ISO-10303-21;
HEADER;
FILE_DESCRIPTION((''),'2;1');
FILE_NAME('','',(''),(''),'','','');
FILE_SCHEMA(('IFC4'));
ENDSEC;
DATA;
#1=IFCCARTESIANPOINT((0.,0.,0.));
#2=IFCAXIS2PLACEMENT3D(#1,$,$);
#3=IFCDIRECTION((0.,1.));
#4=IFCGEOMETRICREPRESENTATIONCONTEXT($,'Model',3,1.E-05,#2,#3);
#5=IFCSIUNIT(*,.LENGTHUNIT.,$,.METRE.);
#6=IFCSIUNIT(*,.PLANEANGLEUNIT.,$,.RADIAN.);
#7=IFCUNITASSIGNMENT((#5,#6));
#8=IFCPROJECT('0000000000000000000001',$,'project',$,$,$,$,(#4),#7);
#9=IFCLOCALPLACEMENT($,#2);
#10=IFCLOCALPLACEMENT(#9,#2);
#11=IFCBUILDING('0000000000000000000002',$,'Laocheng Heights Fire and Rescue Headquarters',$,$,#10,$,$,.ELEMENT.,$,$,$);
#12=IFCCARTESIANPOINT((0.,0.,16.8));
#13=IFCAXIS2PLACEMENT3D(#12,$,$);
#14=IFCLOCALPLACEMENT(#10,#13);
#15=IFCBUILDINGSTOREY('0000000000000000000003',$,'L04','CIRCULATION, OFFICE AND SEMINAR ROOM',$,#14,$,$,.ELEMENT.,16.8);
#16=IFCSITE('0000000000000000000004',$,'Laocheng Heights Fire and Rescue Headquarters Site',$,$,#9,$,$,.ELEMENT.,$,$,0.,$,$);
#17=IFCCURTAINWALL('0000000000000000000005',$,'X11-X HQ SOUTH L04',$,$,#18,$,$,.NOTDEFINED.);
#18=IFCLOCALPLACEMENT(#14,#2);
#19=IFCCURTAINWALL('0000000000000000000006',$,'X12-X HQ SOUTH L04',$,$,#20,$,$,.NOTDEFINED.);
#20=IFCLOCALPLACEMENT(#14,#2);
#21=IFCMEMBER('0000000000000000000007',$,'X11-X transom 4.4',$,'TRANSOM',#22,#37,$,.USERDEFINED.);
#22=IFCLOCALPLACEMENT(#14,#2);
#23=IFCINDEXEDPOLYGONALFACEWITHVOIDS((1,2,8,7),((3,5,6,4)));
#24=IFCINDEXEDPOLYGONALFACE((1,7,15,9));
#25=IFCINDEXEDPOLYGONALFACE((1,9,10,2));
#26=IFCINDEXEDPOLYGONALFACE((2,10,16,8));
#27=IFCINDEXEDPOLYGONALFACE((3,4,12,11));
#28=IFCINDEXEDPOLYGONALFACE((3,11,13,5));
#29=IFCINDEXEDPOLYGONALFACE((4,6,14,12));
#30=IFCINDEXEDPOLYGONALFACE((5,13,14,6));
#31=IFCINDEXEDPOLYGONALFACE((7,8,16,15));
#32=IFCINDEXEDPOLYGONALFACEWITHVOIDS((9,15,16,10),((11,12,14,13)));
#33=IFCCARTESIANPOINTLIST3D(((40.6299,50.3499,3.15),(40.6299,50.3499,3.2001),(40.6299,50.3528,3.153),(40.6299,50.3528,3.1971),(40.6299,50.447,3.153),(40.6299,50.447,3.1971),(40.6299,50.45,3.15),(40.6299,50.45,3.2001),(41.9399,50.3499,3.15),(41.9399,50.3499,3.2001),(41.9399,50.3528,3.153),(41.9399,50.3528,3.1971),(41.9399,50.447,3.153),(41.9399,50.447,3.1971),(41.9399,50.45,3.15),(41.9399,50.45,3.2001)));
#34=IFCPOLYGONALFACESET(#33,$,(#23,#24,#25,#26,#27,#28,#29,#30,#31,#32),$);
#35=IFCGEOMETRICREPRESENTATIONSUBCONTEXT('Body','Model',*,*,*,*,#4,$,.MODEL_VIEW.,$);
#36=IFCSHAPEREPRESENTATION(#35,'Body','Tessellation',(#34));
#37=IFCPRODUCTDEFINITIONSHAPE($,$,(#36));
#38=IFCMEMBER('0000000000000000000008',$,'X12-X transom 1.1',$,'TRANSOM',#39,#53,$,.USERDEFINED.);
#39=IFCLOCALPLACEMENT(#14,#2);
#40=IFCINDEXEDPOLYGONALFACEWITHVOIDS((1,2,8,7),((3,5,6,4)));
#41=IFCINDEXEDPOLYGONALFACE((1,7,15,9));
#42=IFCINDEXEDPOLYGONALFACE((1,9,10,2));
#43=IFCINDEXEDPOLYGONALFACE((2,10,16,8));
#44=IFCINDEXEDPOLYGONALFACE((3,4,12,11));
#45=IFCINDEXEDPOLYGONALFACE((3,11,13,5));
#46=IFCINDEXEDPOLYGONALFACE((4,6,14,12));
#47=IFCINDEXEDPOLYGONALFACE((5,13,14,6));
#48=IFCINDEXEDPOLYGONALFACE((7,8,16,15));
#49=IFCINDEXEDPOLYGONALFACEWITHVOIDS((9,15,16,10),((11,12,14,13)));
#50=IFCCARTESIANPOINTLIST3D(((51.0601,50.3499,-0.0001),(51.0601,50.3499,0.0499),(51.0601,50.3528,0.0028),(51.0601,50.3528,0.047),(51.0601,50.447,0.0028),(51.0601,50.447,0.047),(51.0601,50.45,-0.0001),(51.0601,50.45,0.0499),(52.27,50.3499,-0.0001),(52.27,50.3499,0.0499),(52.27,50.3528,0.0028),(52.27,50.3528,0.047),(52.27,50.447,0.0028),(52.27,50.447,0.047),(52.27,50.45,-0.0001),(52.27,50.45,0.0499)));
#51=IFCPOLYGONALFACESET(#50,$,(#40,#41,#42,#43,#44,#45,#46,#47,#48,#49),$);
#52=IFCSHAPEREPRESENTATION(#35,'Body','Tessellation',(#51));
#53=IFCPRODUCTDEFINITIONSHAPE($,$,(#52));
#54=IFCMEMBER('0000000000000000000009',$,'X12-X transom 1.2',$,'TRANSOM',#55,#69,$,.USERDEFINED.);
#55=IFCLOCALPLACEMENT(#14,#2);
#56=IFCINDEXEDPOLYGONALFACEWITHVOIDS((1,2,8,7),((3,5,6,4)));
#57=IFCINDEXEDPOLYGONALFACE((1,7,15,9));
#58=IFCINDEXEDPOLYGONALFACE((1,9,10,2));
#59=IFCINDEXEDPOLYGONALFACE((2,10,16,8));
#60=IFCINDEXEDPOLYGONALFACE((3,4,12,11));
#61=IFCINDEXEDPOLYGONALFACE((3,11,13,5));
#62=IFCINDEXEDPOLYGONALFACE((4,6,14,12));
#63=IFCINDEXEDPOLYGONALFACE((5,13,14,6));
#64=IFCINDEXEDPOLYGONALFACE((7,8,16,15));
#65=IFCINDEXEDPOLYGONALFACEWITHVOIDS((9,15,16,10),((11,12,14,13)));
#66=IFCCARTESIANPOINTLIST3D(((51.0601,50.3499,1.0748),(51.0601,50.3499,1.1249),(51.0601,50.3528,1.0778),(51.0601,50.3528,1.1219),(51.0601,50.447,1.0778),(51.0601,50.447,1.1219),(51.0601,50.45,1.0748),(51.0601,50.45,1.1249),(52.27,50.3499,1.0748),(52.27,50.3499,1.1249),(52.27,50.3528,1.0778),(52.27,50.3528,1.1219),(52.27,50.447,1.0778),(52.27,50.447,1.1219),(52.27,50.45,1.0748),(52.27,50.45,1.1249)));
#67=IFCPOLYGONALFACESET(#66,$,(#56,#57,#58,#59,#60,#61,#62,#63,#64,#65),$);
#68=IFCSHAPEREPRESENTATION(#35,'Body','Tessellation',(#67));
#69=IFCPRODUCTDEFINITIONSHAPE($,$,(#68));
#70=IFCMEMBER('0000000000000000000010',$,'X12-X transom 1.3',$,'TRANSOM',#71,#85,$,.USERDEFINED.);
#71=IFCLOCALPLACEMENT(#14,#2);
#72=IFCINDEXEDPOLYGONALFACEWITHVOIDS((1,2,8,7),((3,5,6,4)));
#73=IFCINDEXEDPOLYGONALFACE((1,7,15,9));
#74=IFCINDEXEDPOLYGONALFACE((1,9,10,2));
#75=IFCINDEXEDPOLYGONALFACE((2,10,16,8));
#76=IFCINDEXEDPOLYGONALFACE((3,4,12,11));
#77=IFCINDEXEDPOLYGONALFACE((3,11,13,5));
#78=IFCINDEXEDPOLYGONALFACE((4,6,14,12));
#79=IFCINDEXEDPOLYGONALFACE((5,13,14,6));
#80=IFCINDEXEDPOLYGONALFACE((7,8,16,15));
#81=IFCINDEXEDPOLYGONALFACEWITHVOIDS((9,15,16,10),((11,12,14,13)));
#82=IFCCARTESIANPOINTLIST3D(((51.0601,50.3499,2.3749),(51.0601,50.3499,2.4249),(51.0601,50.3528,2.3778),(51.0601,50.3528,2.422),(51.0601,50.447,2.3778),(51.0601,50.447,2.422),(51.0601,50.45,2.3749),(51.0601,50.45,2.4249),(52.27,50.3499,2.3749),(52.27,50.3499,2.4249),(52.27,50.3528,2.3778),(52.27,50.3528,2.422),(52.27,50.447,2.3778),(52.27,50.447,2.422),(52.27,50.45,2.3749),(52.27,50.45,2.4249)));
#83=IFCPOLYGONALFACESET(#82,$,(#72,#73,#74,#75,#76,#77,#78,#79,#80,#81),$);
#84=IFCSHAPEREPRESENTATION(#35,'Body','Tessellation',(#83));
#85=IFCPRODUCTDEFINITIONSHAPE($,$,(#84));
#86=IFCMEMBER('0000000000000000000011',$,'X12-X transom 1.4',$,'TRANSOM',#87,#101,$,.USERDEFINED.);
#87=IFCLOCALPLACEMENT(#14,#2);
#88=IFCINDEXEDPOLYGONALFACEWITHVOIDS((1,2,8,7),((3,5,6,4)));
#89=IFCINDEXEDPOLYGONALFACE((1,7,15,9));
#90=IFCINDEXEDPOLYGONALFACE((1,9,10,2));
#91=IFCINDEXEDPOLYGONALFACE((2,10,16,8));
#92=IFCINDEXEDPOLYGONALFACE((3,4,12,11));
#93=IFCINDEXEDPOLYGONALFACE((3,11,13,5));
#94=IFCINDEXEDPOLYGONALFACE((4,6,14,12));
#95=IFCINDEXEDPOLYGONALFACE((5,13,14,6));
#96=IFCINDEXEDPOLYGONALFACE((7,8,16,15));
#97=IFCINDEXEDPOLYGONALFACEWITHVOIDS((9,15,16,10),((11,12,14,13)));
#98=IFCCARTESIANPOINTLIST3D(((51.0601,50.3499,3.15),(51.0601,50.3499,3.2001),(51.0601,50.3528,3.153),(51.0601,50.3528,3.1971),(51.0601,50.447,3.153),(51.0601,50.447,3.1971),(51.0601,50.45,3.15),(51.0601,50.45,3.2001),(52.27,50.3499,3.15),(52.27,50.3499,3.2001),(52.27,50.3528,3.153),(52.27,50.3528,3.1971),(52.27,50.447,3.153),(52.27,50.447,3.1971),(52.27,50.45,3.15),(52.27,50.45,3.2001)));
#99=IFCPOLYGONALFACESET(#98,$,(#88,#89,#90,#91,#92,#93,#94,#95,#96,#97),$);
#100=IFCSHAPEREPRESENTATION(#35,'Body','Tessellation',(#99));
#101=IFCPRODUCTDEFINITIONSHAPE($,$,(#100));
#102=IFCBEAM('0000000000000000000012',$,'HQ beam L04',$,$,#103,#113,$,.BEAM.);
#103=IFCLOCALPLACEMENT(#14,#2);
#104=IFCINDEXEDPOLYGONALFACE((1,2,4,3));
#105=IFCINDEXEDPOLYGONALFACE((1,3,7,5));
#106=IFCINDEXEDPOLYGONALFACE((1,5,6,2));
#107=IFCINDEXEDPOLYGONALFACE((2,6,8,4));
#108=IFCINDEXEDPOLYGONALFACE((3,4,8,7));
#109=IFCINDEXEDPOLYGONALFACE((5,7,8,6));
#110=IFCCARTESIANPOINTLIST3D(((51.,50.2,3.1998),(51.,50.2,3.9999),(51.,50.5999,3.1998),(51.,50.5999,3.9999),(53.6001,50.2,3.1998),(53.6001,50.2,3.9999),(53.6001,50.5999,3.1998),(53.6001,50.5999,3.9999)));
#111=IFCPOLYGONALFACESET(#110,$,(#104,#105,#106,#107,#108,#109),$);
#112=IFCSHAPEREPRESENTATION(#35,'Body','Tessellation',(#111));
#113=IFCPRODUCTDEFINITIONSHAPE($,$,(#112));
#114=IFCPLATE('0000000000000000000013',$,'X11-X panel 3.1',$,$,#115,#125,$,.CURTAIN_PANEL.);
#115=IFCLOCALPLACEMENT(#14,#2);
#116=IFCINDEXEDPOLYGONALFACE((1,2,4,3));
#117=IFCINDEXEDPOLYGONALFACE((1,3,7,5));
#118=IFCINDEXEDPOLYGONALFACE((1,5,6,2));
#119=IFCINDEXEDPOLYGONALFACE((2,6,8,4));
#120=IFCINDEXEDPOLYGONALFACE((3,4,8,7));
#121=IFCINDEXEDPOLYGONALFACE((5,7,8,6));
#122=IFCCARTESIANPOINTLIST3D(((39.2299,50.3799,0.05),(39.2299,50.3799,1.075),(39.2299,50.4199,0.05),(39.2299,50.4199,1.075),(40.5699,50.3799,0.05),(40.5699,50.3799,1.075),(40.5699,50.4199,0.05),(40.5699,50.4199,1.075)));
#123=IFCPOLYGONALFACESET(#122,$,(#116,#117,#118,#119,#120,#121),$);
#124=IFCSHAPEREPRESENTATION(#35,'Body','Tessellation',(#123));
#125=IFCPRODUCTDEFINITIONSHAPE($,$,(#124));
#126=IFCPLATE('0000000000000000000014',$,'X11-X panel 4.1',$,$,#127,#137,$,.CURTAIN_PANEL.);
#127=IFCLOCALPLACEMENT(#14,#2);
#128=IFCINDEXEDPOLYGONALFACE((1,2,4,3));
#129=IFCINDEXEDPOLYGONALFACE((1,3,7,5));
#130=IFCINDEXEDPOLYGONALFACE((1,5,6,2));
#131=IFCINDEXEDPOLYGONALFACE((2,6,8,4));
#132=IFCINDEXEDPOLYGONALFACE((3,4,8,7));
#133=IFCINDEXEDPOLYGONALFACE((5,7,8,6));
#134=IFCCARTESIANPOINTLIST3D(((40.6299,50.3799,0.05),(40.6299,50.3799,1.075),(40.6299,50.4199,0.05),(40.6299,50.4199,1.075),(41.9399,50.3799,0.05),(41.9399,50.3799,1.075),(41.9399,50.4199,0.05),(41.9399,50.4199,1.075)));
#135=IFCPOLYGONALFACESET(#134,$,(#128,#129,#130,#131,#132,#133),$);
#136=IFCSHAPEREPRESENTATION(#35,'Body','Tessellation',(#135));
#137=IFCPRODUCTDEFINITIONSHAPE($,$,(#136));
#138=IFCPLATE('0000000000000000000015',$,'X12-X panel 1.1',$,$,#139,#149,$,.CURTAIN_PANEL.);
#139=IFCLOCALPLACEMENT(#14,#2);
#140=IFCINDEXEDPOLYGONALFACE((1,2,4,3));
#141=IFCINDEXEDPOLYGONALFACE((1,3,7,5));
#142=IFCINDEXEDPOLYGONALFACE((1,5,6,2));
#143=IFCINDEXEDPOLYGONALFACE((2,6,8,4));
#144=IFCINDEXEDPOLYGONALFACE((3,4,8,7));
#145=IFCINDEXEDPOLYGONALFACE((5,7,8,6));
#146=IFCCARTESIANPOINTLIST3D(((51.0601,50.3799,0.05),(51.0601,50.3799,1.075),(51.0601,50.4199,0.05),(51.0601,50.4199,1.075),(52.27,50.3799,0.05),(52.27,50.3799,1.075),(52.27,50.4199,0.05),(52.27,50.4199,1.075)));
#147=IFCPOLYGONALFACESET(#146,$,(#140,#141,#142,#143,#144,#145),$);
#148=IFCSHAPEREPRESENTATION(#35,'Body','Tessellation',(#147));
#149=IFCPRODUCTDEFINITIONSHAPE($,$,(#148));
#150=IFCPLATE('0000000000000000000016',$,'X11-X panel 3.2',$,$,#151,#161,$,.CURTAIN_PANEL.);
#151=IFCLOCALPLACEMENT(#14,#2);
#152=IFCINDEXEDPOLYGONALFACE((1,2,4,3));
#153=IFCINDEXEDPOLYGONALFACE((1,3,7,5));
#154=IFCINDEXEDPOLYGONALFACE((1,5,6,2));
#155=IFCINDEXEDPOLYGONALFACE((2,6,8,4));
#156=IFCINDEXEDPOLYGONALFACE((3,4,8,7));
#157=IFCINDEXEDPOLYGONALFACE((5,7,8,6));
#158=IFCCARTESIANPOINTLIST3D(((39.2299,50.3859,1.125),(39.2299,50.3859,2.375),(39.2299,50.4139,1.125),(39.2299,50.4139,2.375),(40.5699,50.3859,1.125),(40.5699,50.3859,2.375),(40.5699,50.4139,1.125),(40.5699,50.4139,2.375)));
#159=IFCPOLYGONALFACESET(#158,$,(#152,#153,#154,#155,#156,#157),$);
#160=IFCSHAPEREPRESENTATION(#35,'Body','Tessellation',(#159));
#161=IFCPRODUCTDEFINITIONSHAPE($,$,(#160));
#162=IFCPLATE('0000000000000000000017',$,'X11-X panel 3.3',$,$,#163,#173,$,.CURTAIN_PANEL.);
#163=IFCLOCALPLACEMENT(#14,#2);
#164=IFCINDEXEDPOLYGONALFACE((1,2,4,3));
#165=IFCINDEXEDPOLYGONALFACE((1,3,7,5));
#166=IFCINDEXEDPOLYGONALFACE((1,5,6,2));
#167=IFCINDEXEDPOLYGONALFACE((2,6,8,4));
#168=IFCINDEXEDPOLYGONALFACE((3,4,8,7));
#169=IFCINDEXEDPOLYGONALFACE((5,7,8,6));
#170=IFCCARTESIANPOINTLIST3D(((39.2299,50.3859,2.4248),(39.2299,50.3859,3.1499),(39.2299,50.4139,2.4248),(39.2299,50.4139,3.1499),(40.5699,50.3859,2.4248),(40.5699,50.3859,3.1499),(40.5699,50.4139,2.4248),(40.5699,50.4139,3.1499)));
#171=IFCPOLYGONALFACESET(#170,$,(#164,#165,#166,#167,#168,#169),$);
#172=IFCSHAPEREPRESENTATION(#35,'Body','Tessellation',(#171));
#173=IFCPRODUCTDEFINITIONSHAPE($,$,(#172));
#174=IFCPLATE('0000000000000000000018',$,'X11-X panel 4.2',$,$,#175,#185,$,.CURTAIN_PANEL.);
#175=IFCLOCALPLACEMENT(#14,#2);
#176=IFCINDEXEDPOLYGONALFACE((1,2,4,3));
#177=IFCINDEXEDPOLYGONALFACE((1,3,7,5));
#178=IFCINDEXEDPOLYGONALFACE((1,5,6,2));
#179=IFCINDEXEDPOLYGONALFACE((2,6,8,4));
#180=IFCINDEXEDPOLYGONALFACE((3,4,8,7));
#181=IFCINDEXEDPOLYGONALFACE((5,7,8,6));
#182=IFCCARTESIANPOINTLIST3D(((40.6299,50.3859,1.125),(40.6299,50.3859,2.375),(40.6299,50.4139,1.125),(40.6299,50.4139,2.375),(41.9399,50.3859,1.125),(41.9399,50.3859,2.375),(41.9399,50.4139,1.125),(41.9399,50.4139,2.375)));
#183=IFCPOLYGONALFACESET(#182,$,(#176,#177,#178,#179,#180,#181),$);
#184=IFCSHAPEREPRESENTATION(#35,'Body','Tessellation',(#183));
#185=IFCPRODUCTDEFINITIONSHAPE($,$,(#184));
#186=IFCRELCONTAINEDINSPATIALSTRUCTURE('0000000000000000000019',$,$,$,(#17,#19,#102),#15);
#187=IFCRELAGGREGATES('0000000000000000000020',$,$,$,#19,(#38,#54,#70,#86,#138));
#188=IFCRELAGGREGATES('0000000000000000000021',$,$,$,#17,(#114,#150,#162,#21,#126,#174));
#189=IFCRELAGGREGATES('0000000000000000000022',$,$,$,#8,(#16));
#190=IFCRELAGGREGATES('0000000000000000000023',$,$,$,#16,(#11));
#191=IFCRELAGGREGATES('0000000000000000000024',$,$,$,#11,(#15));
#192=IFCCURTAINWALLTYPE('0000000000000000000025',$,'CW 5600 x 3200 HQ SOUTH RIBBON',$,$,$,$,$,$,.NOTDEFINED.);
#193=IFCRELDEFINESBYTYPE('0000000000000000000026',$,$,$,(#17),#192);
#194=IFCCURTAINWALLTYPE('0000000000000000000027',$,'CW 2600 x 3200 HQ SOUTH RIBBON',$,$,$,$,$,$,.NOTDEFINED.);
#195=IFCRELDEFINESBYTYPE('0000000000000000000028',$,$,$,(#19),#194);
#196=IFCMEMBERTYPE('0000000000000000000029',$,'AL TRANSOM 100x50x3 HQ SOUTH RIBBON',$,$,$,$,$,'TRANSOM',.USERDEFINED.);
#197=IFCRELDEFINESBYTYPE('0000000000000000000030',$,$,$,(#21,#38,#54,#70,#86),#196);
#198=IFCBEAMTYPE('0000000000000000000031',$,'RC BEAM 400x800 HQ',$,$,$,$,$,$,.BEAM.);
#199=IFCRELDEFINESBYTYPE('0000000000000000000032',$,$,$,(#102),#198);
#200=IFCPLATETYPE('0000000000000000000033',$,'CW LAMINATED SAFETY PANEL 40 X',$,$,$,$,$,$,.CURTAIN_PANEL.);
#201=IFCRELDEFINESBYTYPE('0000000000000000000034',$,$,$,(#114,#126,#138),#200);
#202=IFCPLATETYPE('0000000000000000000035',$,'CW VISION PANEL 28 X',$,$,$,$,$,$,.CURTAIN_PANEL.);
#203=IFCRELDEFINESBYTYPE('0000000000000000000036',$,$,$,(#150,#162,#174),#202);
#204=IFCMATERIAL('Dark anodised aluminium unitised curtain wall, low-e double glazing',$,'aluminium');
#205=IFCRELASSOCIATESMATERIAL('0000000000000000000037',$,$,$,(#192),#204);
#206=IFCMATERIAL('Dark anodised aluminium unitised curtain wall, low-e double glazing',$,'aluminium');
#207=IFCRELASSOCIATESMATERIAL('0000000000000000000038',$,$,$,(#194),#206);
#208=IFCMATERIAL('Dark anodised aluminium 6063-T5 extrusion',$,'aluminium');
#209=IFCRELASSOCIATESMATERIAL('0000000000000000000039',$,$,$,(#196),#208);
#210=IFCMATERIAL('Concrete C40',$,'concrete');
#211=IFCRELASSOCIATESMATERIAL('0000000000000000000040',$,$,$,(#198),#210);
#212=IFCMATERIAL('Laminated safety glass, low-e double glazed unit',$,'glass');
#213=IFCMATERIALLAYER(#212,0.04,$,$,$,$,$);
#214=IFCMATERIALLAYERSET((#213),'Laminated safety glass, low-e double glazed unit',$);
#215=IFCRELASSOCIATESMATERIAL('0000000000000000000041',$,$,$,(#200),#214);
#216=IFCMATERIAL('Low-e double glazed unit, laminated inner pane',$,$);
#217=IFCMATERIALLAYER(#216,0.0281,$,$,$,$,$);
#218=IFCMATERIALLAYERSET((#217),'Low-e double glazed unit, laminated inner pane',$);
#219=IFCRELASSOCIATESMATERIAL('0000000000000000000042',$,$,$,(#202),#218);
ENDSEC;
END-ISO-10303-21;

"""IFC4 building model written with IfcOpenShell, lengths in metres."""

from ifc_helpers import new_model, si_unit, direction, frame, origin, origin_2d, place, context, subcontext, project, spatial, rectangle, hollow_rectangle, extrude, material, layer, layer_set, material_profile, profile_set, type_object, element, aggregate, save


model = new_model("IFC4")

# Units and contexts
model_context = context("Model", 3, precision=1e-05, world=origin(), true_north=direction((0.0, 1.0)))
body_context = subcontext(model_context, "Body", "Model", "MODEL_VIEW")
ifc_project = project(units=[si_unit("LENGTHUNIT", "METRE"), si_unit("PLANEANGLEUNIT", "RADIAN")], contexts=[model_context])

# Site, building, storey
site_placement = place(None, origin())
site = spatial("IfcSite", under=ifc_project, at=site_placement, Name="Laocheng Heights Fire and Rescue Headquarters Site", CompositionType="ELEMENT", RefElevation=0.0)
building_placement = place(site_placement, origin())
building = spatial("IfcBuilding", under=site, at=building_placement, Name="Laocheng Heights Fire and Rescue Headquarters", CompositionType="ELEMENT")
storey_placement = place(building_placement, frame((0.0, 0.0, 16.8)))
storey = spatial("IfcBuildingStorey", under=building, at=storey_placement, Name="L04", Description="CIRCULATION, OFFICE AND SEMINAR ROOM", CompositionType="ELEMENT", Elevation=16.8)

# Curtain wall
ifc_material_1 = material(Name="Dark anodised aluminium unitised curtain wall, low-e double glazing", Category="aluminium")
curtain_wall_type_1 = type_object("IfcCurtainWallType", Name="CW 5600 x 3200 HQ SOUTH RIBBON", PredefinedType="NOTDEFINED", material=ifc_material_1)
curtain_wall_1_placement = place(storey_placement, origin())
curtain_wall_1 = element("IfcCurtainWall", 1, at=curtain_wall_1_placement, inside=storey, type_object=curtain_wall_type_1, Name="X11-X HQ SOUTH L04", PredefinedType="NOTDEFINED")

# Curtain wall
ifc_material_2 = material(Name="Dark anodised aluminium unitised curtain wall, low-e double glazing", Category="aluminium")
curtain_wall_type_2 = type_object("IfcCurtainWallType", Name="CW 2600 x 3200 HQ SOUTH RIBBON", PredefinedType="NOTDEFINED", material=ifc_material_2)
curtain_wall_2_placement = place(storey_placement, origin())
curtain_wall_2 = element("IfcCurtainWall", 2, at=curtain_wall_2_placement, inside=storey, type_object=curtain_wall_type_2, Name="X12-X HQ SOUTH L04", PredefinedType="NOTDEFINED")

# Members
ifc_material_3 = material(Name="Dark anodised aluminium 6063-T5 extrusion", Category="aluminium")
ifc_material_profile_1 = material_profile(ifc_material_3, hollow_rectangle(XDim=0.1001, YDim=0.05, WallThickness=0.0029, at=origin_2d()), Name="AL TRANSOM 100x50x3 HQ SOUTH RIBBON")
ifc_profile_set_1 = profile_set([ifc_material_profile_1], Name="Dark anodised aluminium 6063-T5 extrusion")
member_type_1 = type_object("IfcMemberType", Name="AL TRANSOM 100x50x3 HQ SOUTH RIBBON", ElementType="TRANSOM", PredefinedType="USERDEFINED", material=ifc_profile_set_1)
member_1_placement = place(storey_placement, frame((40.6299, 50.3999, 3.175), z_axis=(1.0, 0.0, 0.0), x_axis=(0.0, 1.0, 0.0)))
member_1 = element("IfcMember", 3, at=member_1_placement, type_object=member_type_1, Name="X11-X transom 4.4", ObjectType="TRANSOM", PredefinedType="USERDEFINED", context=body_context, shape_type="SweptSolid", body=[
    extrude(hollow_rectangle(XDim=0.1001, YDim=0.05, WallThickness=0.0029, at=origin_2d()), origin(), (0.0, 0.0, 1.0), 1.3101),
])
member_2_placement = place(storey_placement, frame((51.0601, 50.3999, 0.0249), z_axis=(1.0, 0.0, 0.0), x_axis=(0.0, 1.0, 0.0)))
member_2 = element("IfcMember", 4, at=member_2_placement, type_object=member_type_1, Name="X12-X transom 1.1", ObjectType="TRANSOM", PredefinedType="USERDEFINED", context=body_context, shape_type="SweptSolid", body=[
    extrude(hollow_rectangle(XDim=0.1001, YDim=0.05, WallThickness=0.0029, at=origin_2d()), origin(), (0.0, 0.0, 1.0), 1.21),
])
member_3_placement = place(storey_placement, frame((51.0601, 50.3999, 1.0999), z_axis=(1.0, 0.0, 0.0), x_axis=(0.0, 1.0, 0.0)))
member_3 = element("IfcMember", 5, at=member_3_placement, type_object=member_type_1, Name="X12-X transom 1.2", ObjectType="TRANSOM", PredefinedType="USERDEFINED", context=body_context, shape_type="SweptSolid", body=[
    extrude(hollow_rectangle(XDim=0.1001, YDim=0.05, WallThickness=0.0029, at=origin_2d()), origin(), (0.0, 0.0, 1.0), 1.21),
])
member_4_placement = place(storey_placement, frame((51.0601, 50.3999, 2.3999), z_axis=(1.0, 0.0, 0.0), x_axis=(0.0, 1.0, 0.0)))
member_4 = element("IfcMember", 6, at=member_4_placement, type_object=member_type_1, Name="X12-X transom 1.3", ObjectType="TRANSOM", PredefinedType="USERDEFINED", context=body_context, shape_type="SweptSolid", body=[
    extrude(hollow_rectangle(XDim=0.1001, YDim=0.05, WallThickness=0.0029, at=origin_2d()), origin(), (0.0, 0.0, 1.0), 1.21),
])
member_5_placement = place(storey_placement, frame((51.0601, 50.3999, 3.175), z_axis=(1.0, 0.0, 0.0), x_axis=(0.0, 1.0, 0.0)))
member_5 = element("IfcMember", 7, at=member_5_placement, type_object=member_type_1, Name="X12-X transom 1.4", ObjectType="TRANSOM", PredefinedType="USERDEFINED", context=body_context, shape_type="SweptSolid", body=[
    extrude(hollow_rectangle(XDim=0.1001, YDim=0.05, WallThickness=0.0029, at=origin_2d()), origin(), (0.0, 0.0, 1.0), 1.21),
])

# Beam
ifc_material_4 = material(Name="Concrete C40", Category="concrete")
ifc_material_profile_2 = material_profile(ifc_material_4, rectangle(XDim=0.3999, YDim=0.8, at=origin_2d()), Name="RC BEAM 400x800 HQ")
ifc_profile_set_2 = profile_set([ifc_material_profile_2], Name="Concrete C40")
beam_type = type_object("IfcBeamType", Name="RC BEAM 400x800 HQ", PredefinedType="BEAM", material=ifc_profile_set_2)
beam_placement = place(storey_placement, frame((51.0, 50.3999, 3.5999), z_axis=(1.0, 0.0, 0.0), x_axis=(0.0, 1.0, 0.0)))
element("IfcBeam", 8, at=beam_placement, inside=storey, type_object=beam_type, Name="HQ beam L04", PredefinedType="BEAM", context=body_context, shape_type="SweptSolid", body=[
    extrude(rectangle(XDim=0.3999, YDim=0.8, at=origin_2d()), origin(), (0.0, 0.0, 1.0), 2.6001),
])

# Plates
ifc_material_5 = material(Name="Laminated safety glass, low-e double glazed unit", Category="glass")
ifc_layer_1 = layer(ifc_material_5, 0.04)
ifc_layer_set_1 = layer_set([ifc_layer_1], Name="Laminated safety glass, low-e double glazed unit")
plate_type_1 = type_object("IfcPlateType", Name="CW LAMINATED SAFETY PANEL 40 X", PredefinedType="CURTAIN_PANEL", material=ifc_layer_set_1)
plate_1_placement = place(storey_placement, frame((39.8999, 50.3999, 0.05), z_axis=(0.0, 0.0, 1.0), x_axis=(1.0, 0.0, 0.0)))
plate_1 = element("IfcPlate", 9, at=plate_1_placement, type_object=plate_type_1, Name="X11-X panel 3.1", PredefinedType="CURTAIN_PANEL", context=body_context, shape_type="SweptSolid", body=[
    extrude(rectangle(XDim=1.3401, YDim=0.04, at=origin_2d()), origin(), (0.0, 0.0, 1.0), 1.0249),
])
plate_2_placement = place(storey_placement, frame((41.2849, 50.3999, 0.05), z_axis=(0.0, 0.0, 1.0), x_axis=(1.0, 0.0, 0.0)))
plate_2 = element("IfcPlate", 10, at=plate_2_placement, type_object=plate_type_1, Name="X11-X panel 4.1", PredefinedType="CURTAIN_PANEL", context=body_context, shape_type="SweptSolid", body=[
    extrude(rectangle(XDim=1.3101, YDim=0.04, at=origin_2d()), origin(), (0.0, 0.0, 1.0), 1.0249),
])
plate_3_placement = place(storey_placement, frame((51.665, 50.3999, 0.05), z_axis=(0.0, 0.0, 1.0), x_axis=(1.0, 0.0, 0.0)))
plate_3 = element("IfcPlate", 11, at=plate_3_placement, type_object=plate_type_1, Name="X12-X panel 1.1", PredefinedType="CURTAIN_PANEL", context=body_context, shape_type="SweptSolid", body=[
    extrude(rectangle(XDim=1.21, YDim=0.04, at=origin_2d()), origin(), (0.0, 0.0, 1.0), 1.0249),
])
aggregate(curtain_wall_2, [member_2, member_3, member_4, member_5, plate_3])
ifc_material_6 = material(Name="Low-e double glazed unit, laminated inner pane")
ifc_layer_2 = layer(ifc_material_6, 0.0281)
ifc_layer_set_2 = layer_set([ifc_layer_2], Name="Low-e double glazed unit, laminated inner pane")
plate_type_2 = type_object("IfcPlateType", Name="CW VISION PANEL 28 X", PredefinedType="CURTAIN_PANEL", material=ifc_layer_set_2)
plate_4_placement = place(storey_placement, frame((39.8999, 50.3999, 1.125), z_axis=(0.0, 0.0, 1.0), x_axis=(1.0, 0.0, 0.0)))
plate_4 = element("IfcPlate", 12, at=plate_4_placement, type_object=plate_type_2, Name="X11-X panel 3.2", PredefinedType="CURTAIN_PANEL", context=body_context, shape_type="SweptSolid", body=[
    extrude(rectangle(XDim=1.3401, YDim=0.0281, at=origin_2d()), origin(), (0.0, 0.0, 1.0), 1.25),
])
plate_5_placement = place(storey_placement, frame((39.8999, 50.3999, 2.4248), z_axis=(0.0, 0.0, 1.0), x_axis=(1.0, 0.0, 0.0)))
plate_5 = element("IfcPlate", 13, at=plate_5_placement, type_object=plate_type_2, Name="X11-X panel 3.3", PredefinedType="CURTAIN_PANEL", context=body_context, shape_type="SweptSolid", body=[
    extrude(rectangle(XDim=1.3401, YDim=0.0281, at=origin_2d()), origin(), (0.0, 0.0, 1.0), 0.7251),
])
plate_6_placement = place(storey_placement, frame((41.2849, 50.3999, 1.125), z_axis=(0.0, 0.0, 1.0), x_axis=(1.0, 0.0, 0.0)))
plate_6 = element("IfcPlate", 14, at=plate_6_placement, type_object=plate_type_2, Name="X11-X panel 4.2", PredefinedType="CURTAIN_PANEL", context=body_context, shape_type="SweptSolid", body=[
    extrude(rectangle(XDim=1.3101, YDim=0.0281, at=origin_2d()), origin(), (0.0, 0.0, 1.0), 1.25),
])
aggregate(curtain_wall_1, [plate_1, plate_4, plate_5, member_1, plate_2, plate_6])

save(model, "model.ifc")
